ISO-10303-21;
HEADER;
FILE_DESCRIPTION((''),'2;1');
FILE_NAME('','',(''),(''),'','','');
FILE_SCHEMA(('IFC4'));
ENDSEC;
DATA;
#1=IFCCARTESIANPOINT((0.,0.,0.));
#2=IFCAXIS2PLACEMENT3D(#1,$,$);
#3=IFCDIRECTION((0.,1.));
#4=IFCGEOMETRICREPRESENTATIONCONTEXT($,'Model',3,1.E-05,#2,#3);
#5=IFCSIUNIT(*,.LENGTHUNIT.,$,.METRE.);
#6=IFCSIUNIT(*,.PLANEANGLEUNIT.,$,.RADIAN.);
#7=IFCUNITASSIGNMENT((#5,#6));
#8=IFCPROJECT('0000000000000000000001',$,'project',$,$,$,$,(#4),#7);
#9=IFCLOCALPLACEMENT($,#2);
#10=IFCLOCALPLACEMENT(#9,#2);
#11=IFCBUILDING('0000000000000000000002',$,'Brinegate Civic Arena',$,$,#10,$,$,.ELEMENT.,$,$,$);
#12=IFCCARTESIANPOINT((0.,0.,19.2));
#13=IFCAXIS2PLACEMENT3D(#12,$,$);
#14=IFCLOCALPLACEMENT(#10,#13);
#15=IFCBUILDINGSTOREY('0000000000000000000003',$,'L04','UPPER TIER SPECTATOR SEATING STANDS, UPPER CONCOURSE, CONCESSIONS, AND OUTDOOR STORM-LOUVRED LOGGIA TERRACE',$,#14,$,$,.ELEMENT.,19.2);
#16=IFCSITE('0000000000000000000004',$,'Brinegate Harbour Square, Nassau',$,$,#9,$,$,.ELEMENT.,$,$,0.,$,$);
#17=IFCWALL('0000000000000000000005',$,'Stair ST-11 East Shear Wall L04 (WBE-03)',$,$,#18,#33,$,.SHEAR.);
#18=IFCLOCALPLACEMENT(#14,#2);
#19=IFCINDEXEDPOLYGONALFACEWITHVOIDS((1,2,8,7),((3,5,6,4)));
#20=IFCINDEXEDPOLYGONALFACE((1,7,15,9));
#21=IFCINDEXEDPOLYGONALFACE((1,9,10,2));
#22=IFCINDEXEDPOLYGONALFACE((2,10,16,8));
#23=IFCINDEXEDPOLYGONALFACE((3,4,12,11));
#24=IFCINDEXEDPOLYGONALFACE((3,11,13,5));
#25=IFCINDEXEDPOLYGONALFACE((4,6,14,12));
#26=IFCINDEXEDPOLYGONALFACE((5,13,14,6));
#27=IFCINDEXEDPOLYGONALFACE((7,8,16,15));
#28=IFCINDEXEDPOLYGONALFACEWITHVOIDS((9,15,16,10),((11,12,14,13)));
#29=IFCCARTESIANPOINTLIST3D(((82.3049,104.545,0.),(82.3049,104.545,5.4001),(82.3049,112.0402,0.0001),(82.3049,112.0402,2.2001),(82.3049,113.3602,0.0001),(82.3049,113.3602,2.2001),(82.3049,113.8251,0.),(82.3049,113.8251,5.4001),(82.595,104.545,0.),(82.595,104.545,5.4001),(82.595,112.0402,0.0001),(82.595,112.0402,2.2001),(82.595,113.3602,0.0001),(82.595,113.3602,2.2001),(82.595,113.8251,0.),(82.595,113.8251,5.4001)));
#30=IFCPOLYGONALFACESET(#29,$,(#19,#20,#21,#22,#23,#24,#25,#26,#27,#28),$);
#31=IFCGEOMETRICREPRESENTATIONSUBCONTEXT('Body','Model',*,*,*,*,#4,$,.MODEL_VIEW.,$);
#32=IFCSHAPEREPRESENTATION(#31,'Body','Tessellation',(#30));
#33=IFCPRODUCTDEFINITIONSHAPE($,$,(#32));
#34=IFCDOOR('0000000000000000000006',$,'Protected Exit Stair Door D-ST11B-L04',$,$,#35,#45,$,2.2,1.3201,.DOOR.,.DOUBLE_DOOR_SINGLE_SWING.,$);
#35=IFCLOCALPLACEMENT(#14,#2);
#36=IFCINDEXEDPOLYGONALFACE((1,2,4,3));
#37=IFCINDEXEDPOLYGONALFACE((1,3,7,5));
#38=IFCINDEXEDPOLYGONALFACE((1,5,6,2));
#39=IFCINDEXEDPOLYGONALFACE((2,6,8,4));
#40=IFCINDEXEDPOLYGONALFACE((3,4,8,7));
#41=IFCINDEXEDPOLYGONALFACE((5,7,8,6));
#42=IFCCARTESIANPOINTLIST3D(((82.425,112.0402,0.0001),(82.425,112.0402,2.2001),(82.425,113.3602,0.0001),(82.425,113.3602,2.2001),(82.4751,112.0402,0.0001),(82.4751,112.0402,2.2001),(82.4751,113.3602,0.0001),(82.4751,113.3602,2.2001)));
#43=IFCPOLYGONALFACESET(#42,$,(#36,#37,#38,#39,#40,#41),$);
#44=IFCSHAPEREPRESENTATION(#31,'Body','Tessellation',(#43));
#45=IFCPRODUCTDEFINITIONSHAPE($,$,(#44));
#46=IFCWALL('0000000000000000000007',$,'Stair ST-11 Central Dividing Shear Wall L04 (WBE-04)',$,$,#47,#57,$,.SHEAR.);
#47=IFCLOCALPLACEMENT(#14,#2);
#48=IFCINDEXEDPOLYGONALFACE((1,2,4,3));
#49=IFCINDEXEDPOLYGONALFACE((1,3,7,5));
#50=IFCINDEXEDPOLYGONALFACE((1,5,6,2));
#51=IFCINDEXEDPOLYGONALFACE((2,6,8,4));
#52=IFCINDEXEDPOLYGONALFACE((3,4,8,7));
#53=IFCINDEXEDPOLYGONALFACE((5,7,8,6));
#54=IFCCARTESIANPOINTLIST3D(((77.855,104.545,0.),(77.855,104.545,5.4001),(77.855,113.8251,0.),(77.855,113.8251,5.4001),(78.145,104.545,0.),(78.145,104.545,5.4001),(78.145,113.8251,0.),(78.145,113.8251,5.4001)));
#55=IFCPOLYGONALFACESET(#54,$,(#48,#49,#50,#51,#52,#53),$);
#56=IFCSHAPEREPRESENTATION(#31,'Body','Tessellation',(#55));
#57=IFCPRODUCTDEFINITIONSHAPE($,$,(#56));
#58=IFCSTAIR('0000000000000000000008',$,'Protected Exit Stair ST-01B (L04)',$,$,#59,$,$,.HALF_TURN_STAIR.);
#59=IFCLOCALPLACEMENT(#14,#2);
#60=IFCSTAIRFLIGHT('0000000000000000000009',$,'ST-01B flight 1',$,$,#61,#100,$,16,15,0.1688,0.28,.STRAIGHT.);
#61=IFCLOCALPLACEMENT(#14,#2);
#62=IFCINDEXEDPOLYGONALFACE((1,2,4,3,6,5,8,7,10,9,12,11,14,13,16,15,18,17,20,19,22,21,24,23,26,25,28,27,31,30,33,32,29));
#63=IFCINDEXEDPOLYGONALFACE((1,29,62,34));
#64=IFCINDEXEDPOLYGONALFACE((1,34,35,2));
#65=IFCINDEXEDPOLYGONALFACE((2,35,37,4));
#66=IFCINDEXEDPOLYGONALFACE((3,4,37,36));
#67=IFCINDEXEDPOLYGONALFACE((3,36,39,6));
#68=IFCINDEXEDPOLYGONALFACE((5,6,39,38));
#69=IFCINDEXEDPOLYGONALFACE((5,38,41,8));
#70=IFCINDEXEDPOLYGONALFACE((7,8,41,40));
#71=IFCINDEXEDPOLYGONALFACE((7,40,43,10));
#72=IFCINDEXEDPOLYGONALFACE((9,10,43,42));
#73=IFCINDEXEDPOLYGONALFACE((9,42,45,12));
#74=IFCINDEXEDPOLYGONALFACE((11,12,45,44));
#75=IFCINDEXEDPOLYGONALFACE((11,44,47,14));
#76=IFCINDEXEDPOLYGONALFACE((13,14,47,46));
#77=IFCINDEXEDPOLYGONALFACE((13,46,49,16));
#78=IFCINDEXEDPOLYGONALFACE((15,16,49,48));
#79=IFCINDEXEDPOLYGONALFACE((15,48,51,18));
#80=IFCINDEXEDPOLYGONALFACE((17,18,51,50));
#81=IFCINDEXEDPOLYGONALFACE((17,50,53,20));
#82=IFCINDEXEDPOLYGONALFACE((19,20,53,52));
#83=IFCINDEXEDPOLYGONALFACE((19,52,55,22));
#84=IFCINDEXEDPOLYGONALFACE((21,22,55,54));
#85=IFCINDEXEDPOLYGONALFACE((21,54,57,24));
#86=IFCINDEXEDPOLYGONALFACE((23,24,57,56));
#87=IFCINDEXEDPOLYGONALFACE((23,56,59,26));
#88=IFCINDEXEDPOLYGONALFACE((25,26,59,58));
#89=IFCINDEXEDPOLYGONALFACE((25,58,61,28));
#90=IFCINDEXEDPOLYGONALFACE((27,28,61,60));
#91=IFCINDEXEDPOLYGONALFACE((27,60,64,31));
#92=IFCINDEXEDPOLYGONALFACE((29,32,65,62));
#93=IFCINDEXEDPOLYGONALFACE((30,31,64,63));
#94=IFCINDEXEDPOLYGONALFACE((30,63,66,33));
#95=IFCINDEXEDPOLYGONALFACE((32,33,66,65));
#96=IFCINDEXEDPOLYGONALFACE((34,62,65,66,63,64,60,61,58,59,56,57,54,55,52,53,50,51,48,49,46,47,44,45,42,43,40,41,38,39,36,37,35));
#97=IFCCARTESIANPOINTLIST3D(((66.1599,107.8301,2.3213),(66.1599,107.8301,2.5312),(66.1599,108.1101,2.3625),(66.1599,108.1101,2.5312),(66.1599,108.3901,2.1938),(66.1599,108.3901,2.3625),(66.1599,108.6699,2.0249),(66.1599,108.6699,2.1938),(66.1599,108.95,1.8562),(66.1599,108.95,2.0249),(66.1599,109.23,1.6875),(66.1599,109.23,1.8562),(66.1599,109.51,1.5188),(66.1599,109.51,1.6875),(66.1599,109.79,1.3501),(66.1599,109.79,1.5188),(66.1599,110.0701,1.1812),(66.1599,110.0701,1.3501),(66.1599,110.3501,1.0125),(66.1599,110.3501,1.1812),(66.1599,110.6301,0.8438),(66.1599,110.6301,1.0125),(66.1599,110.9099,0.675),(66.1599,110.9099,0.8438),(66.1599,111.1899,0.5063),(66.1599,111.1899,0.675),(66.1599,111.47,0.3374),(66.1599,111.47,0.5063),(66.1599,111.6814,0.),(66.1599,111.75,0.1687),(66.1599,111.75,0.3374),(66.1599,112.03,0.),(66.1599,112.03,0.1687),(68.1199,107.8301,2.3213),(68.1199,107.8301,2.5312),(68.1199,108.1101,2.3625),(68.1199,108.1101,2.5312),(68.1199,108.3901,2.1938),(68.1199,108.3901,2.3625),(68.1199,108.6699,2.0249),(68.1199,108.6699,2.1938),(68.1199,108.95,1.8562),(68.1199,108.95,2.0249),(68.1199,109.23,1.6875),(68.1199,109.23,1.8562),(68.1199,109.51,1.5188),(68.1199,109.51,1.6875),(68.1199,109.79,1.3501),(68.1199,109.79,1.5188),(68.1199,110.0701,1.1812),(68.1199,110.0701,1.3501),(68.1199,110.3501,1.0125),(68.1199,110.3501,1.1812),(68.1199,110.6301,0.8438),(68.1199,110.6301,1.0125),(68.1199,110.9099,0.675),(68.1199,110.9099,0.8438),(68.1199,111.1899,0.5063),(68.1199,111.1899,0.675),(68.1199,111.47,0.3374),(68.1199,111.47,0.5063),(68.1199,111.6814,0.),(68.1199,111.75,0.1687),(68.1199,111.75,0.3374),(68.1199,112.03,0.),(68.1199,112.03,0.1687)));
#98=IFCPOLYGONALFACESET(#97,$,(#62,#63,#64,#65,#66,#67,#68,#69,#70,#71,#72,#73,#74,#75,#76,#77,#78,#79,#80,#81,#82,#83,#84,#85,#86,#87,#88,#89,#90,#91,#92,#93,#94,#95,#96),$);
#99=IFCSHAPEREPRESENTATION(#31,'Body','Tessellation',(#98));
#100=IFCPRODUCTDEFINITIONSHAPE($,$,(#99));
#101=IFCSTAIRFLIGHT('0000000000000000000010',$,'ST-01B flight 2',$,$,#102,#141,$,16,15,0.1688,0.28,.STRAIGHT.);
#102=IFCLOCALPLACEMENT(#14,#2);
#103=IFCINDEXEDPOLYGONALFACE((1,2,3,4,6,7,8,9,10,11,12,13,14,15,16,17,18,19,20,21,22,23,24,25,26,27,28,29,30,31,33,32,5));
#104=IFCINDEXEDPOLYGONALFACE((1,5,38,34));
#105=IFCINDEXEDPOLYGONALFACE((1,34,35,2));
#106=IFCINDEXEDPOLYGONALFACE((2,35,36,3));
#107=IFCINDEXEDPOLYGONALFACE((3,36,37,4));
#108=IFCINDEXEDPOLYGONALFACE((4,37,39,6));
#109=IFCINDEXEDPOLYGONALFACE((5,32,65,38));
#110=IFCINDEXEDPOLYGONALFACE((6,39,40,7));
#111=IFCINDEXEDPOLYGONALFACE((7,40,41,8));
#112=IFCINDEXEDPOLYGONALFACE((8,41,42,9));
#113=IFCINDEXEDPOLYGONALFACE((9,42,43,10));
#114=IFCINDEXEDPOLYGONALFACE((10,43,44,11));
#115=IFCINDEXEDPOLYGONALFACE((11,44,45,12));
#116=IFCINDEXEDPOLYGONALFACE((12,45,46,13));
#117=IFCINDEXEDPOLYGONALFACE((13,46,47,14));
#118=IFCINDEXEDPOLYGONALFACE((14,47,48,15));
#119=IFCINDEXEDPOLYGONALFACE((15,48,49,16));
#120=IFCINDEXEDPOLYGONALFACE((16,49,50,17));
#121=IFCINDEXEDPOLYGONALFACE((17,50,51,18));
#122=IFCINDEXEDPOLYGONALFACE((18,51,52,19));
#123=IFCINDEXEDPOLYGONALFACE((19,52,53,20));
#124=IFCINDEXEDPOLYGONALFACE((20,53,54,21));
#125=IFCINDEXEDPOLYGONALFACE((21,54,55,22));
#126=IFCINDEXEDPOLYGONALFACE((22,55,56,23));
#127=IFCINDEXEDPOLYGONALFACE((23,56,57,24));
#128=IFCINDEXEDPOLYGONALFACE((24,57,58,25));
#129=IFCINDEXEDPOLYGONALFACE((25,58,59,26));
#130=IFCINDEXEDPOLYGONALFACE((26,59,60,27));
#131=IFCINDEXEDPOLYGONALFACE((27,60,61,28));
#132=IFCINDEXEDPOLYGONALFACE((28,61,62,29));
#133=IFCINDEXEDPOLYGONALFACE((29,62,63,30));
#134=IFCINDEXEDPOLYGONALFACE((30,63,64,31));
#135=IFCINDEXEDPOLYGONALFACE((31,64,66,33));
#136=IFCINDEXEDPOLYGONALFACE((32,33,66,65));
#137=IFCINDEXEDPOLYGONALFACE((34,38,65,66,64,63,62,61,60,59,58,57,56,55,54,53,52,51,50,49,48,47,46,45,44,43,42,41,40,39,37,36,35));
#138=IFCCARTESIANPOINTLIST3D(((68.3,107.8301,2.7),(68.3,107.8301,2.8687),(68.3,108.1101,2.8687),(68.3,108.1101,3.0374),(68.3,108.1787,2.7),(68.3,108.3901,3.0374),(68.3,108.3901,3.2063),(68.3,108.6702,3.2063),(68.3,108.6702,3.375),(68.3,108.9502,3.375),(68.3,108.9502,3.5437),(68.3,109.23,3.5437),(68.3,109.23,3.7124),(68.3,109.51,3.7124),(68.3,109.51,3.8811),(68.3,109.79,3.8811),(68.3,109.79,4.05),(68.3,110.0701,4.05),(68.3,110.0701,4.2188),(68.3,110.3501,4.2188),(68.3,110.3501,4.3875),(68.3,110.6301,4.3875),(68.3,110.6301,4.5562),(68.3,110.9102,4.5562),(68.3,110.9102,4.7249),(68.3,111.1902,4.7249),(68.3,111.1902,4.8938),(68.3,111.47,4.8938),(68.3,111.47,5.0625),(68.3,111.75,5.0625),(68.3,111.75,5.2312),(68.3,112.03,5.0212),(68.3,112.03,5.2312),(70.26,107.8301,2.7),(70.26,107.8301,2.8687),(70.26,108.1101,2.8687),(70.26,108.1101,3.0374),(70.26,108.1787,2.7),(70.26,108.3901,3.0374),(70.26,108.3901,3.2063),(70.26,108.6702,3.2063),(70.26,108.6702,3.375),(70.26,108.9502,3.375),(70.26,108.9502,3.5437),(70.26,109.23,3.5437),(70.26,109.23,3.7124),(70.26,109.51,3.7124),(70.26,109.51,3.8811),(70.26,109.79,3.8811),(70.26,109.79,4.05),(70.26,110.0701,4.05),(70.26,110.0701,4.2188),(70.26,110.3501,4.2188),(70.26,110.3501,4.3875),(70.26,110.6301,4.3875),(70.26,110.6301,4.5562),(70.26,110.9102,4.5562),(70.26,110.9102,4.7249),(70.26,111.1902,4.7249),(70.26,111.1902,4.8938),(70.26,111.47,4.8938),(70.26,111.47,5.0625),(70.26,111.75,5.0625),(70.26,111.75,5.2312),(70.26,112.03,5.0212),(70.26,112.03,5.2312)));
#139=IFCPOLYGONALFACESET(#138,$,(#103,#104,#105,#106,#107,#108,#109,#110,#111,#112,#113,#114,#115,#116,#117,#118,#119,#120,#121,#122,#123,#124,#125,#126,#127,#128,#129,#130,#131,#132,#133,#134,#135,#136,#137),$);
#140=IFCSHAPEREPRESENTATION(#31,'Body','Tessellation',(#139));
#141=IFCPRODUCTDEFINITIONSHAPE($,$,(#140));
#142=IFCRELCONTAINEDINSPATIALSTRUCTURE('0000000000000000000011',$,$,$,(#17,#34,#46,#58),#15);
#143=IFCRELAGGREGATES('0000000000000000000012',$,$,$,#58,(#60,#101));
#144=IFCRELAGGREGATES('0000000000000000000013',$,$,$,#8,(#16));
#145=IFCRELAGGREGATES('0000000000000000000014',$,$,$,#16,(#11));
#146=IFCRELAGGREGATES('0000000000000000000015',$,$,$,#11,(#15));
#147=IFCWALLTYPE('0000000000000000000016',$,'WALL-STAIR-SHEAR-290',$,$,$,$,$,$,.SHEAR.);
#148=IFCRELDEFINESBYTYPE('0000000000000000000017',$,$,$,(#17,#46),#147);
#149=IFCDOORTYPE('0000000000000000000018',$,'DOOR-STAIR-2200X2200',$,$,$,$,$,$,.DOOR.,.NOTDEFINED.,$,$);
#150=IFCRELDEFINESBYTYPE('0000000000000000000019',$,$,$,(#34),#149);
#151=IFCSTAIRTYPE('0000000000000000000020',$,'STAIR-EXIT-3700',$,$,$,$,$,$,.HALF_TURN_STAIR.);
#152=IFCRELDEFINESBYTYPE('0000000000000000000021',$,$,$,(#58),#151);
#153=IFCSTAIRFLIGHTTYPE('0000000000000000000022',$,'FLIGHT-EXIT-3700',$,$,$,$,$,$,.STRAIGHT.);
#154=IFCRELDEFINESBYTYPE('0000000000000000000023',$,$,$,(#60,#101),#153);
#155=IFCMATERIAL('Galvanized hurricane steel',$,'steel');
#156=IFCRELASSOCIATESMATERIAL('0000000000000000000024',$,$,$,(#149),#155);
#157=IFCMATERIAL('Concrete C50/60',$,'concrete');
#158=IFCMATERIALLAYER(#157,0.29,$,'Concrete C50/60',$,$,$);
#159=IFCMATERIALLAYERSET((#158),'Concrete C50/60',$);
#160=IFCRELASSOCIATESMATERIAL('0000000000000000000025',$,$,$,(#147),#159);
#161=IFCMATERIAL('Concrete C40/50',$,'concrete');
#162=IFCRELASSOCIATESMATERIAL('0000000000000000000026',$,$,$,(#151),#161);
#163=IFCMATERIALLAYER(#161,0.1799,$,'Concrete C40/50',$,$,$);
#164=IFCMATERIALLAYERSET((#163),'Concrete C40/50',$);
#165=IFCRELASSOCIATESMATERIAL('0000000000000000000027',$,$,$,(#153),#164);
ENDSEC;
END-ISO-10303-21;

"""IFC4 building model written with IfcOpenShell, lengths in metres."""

from ifc_helpers import new_model, si_unit, direction, frame, frame_2d, origin, place, context, subcontext, project, spatial, polyline, rectangle, outline, extrude, material, layer, layer_set, type_object, element, fill, aggregate, save


model = new_model("IFC4")

# Units and contexts
model_context = context("Model", 3, precision=1e-05, world=origin(), true_north=direction((0.0, 1.0)))
body_context = subcontext(model_context, "Body", "Model", "MODEL_VIEW")
ifc_project = project(units=[si_unit("LENGTHUNIT", "METRE"), si_unit("PLANEANGLEUNIT", "RADIAN")], contexts=[model_context])

# Site, building, storey
site_placement = place(None, origin())
site = spatial("IfcSite", under=ifc_project, at=site_placement, Name="Brinegate Harbour Square, Nassau", CompositionType="ELEMENT", RefElevation=0.0)
building_placement = place(site_placement, origin())
building = spatial("IfcBuilding", under=site, at=building_placement, Name="Brinegate Civic Arena", CompositionType="ELEMENT")
storey_placement = place(building_placement, frame((0.0, 0.0, 19.2)))
storey = spatial("IfcBuildingStorey", under=building, at=storey_placement, Name="L04", Description="UPPER TIER SPECTATOR SEATING STANDS, UPPER CONCOURSE, CONCESSIONS, AND OUTDOOR STORM-LOUVRED LOGGIA TERRACE", CompositionType="ELEMENT", Elevation=19.2)

# Shared definitions
ifc_material_1 = material(Name="Concrete C50/60", Category="concrete")

# Shared definitions
ifc_material_2 = material(Name="Galvanized hurricane steel", Category="steel")
door_type_1 = type_object("IfcDoorType", Name="DOOR-STAIR-2200X2200", OperationType="NOTDEFINED", PredefinedType="DOOR", material=ifc_material_2)

# Shared definitions
ifc_layer_1 = layer(ifc_material_1, 0.29, Name="Concrete C50/60")
ifc_layer_set_1 = layer_set([ifc_layer_1], Name="Concrete C50/60")
wall_type_1 = type_object("IfcWallType", Name="WALL-STAIR-SHEAR-290", PredefinedType="SHEAR", material=ifc_layer_set_1)

# Wall, opening, door
wall_1_placement = place(storey_placement, frame((82.45, 104.5449, 0.0), z_axis=(0.0, 0.0, 1.0), x_axis=(0.0, 1.0, 0.0)))
wall_1 = element("IfcWall", 1, at=wall_1_placement, inside=storey, type_object=wall_type_1, Name="Stair ST-11 East Shear Wall L04 (WBE-03)", PredefinedType="SHEAR", context=body_context, shape_type="SweptSolid", body=[
    extrude(rectangle(XDim=9.28, YDim=0.29, at=frame_2d((4.6401, 0.0))), origin(), (0.0, 0.0, 1.0), 5.4001),
])
opening_1_placement = place(wall_1_placement, frame((7.4951, 0.0, 0.0)))
opening_1 = element("IfcOpeningElement", 2, at=opening_1_placement, cuts=wall_1, PredefinedType="OPENING", context=body_context, shape_type="SweptSolid", body=[
    extrude(rectangle(XDim=1.3201, YDim=2.2, at=frame_2d((0.6602, 1.1001))), frame((0.0, 0.155, 0.0), z_axis=(0.0, -1.0, 0.0), x_axis=(1.0, 0.0, 0.0)), (0.0, 0.0, 1.0), 0.3101),
])
door_1_placement = place(opening_1_placement, origin())
door_1 = element("IfcDoor", 3, at=door_1_placement, inside=storey, type_object=door_type_1, Name="Protected Exit Stair Door D-ST11B-L04", OperationType="DOUBLE_DOOR_SINGLE_SWING", OverallHeight=2.2, OverallWidth=1.3201, PredefinedType="DOOR", context=body_context, shape_type="SweptSolid", body=[
    extrude(rectangle(XDim=1.3201, YDim=2.2, at=frame_2d((0.6602, 1.1001))), frame((0.0, 0.0249, 0.0), z_axis=(0.0, -1.0, 0.0), x_axis=(1.0, 0.0, 0.0)), (0.0, 0.0, 1.0), 0.05),
])
fill(opening_1, door_1)

# Wall
wall_2_placement = place(storey_placement, frame((78.0, 104.5449, 0.0), z_axis=(0.0, 0.0, 1.0), x_axis=(0.0, 1.0, 0.0)))
element("IfcWall", 4, at=wall_2_placement, inside=storey, type_object=wall_type_1, Name="Stair ST-11 Central Dividing Shear Wall L04 (WBE-04)", PredefinedType="SHEAR", context=body_context, shape_type="SweptSolid", body=[
    extrude(rectangle(XDim=9.28, YDim=0.29, at=frame_2d((4.6401, 0.0))), origin(), (0.0, 0.0, 1.0), 5.4001),
])

# Stair, stair flights
ifc_material_3 = material(Name="Concrete C40/50", Category="concrete")
stair_type = type_object("IfcStairType", Name="STAIR-EXIT-3700", PredefinedType="HALF_TURN_STAIR", material=ifc_material_3)
stair_placement = place(storey_placement, origin())
stair = element("IfcStair", 5, at=stair_placement, inside=storey, type_object=stair_type, Name="Protected Exit Stair ST-01B (L04)", PredefinedType="HALF_TURN_STAIR")
ifc_layer_2 = layer(ifc_material_3, 0.1799, Name="Concrete C40/50")
ifc_layer_set_2 = layer_set([ifc_layer_2], Name="Concrete C40/50")
stair_flight_type = type_object("IfcStairFlightType", Name="FLIGHT-EXIT-3700", PredefinedType="STRAIGHT", material=ifc_layer_set_2)
stair_flight_1_placement = place(storey_placement, frame((67.1399, 112.03, 0.0), z_axis=(0.0, 0.0, 1.0), x_axis=(0.0, -1.0, 0.0)))
stair_flight_1 = element("IfcStairFlight", 6, at=stair_flight_1_placement, type_object=stair_flight_type, Name="ST-01B flight 1", NumberOfRisers=16, NumberOfTreads=15, PredefinedType="STRAIGHT", RiserHeight=0.1688, TreadLength=0.28, context=body_context, shape_type="SweptSolid", body=[
    extrude(outline(polyline([(0.0, 0.0), (0.0, 0.1687), (0.28, 0.1687), (0.28, 0.3374), (0.5601, 0.3374), (0.5601, 0.5063), (0.8401, 0.5063), (0.8401, 0.675), (1.1201, 0.675), (1.1201, 0.8438), (1.3999, 0.8438), (1.3999, 1.0125), (1.6799, 1.0125), (1.6799, 1.1812), (1.96, 1.1812), (1.96, 1.3501), (2.24, 1.3501), (2.24, 1.5188), (2.52, 1.5188), (2.52, 1.6875), (2.8, 1.6875), (2.8, 1.8562), (3.0801, 1.8562), (3.0801, 2.0249), (3.3601, 2.0249), (3.3601, 2.1938), (3.6399, 2.1938), (3.6399, 2.3625), (3.9199, 2.3625), (3.9199, 2.5312), (4.2, 2.5312), (4.2, 2.7), (4.2, 2.3213), (0.3486, 0.0), (0.0, 0.0)])), frame((0.0, 0.98, 0.0), z_axis=(0.0, -1.0, 0.0), x_axis=(1.0, 0.0, 0.0)), (0.0, 0.0, 1.0), 1.96),
])
stair_flight_2_placement = place(storey_placement, frame((69.28, 107.8301, 2.7), z_axis=(0.0, 0.0, 1.0), x_axis=(0.0, 1.0, 0.0)))
stair_flight_2 = element("IfcStairFlight", 7, at=stair_flight_2_placement, type_object=stair_flight_type, Name="ST-01B flight 2", NumberOfRisers=16, NumberOfTreads=15, PredefinedType="STRAIGHT", RiserHeight=0.1688, TreadLength=0.28, context=body_context, shape_type="SweptSolid", body=[
    extrude(outline(polyline([(0.0, 0.0), (0.0, 0.1687), (0.28, 0.1687), (0.28, 0.3374), (0.5601, 0.3374), (0.5601, 0.5063), (0.8401, 0.5063), (0.8401, 0.675), (1.1201, 0.675), (1.1201, 0.8438), (1.3999, 0.8438), (1.3999, 1.0125), (1.6799, 1.0125), (1.6799, 1.1812), (1.96, 1.1812), (1.96, 1.3501), (2.24, 1.3501), (2.24, 1.5188), (2.52, 1.5188), (2.52, 1.6875), (2.8, 1.6875), (2.8, 1.8562), (3.0801, 1.8562), (3.0801, 2.0249), (3.3601, 2.0249), (3.3601, 2.1938), (3.6399, 2.1938), (3.6399, 2.3625), (3.9199, 2.3625), (3.9199, 2.5312), (4.2, 2.5312), (4.2, 2.7), (4.2, 2.3213), (0.3486, 0.0), (0.0, 0.0)])), frame((0.0, 0.98, 0.0), z_axis=(0.0, -1.0, 0.0), x_axis=(1.0, 0.0, 0.0)), (0.0, 0.0, 1.0), 1.96),
])
aggregate(stair, [stair_flight_1, stair_flight_2])

save(model, "model.ifc")
